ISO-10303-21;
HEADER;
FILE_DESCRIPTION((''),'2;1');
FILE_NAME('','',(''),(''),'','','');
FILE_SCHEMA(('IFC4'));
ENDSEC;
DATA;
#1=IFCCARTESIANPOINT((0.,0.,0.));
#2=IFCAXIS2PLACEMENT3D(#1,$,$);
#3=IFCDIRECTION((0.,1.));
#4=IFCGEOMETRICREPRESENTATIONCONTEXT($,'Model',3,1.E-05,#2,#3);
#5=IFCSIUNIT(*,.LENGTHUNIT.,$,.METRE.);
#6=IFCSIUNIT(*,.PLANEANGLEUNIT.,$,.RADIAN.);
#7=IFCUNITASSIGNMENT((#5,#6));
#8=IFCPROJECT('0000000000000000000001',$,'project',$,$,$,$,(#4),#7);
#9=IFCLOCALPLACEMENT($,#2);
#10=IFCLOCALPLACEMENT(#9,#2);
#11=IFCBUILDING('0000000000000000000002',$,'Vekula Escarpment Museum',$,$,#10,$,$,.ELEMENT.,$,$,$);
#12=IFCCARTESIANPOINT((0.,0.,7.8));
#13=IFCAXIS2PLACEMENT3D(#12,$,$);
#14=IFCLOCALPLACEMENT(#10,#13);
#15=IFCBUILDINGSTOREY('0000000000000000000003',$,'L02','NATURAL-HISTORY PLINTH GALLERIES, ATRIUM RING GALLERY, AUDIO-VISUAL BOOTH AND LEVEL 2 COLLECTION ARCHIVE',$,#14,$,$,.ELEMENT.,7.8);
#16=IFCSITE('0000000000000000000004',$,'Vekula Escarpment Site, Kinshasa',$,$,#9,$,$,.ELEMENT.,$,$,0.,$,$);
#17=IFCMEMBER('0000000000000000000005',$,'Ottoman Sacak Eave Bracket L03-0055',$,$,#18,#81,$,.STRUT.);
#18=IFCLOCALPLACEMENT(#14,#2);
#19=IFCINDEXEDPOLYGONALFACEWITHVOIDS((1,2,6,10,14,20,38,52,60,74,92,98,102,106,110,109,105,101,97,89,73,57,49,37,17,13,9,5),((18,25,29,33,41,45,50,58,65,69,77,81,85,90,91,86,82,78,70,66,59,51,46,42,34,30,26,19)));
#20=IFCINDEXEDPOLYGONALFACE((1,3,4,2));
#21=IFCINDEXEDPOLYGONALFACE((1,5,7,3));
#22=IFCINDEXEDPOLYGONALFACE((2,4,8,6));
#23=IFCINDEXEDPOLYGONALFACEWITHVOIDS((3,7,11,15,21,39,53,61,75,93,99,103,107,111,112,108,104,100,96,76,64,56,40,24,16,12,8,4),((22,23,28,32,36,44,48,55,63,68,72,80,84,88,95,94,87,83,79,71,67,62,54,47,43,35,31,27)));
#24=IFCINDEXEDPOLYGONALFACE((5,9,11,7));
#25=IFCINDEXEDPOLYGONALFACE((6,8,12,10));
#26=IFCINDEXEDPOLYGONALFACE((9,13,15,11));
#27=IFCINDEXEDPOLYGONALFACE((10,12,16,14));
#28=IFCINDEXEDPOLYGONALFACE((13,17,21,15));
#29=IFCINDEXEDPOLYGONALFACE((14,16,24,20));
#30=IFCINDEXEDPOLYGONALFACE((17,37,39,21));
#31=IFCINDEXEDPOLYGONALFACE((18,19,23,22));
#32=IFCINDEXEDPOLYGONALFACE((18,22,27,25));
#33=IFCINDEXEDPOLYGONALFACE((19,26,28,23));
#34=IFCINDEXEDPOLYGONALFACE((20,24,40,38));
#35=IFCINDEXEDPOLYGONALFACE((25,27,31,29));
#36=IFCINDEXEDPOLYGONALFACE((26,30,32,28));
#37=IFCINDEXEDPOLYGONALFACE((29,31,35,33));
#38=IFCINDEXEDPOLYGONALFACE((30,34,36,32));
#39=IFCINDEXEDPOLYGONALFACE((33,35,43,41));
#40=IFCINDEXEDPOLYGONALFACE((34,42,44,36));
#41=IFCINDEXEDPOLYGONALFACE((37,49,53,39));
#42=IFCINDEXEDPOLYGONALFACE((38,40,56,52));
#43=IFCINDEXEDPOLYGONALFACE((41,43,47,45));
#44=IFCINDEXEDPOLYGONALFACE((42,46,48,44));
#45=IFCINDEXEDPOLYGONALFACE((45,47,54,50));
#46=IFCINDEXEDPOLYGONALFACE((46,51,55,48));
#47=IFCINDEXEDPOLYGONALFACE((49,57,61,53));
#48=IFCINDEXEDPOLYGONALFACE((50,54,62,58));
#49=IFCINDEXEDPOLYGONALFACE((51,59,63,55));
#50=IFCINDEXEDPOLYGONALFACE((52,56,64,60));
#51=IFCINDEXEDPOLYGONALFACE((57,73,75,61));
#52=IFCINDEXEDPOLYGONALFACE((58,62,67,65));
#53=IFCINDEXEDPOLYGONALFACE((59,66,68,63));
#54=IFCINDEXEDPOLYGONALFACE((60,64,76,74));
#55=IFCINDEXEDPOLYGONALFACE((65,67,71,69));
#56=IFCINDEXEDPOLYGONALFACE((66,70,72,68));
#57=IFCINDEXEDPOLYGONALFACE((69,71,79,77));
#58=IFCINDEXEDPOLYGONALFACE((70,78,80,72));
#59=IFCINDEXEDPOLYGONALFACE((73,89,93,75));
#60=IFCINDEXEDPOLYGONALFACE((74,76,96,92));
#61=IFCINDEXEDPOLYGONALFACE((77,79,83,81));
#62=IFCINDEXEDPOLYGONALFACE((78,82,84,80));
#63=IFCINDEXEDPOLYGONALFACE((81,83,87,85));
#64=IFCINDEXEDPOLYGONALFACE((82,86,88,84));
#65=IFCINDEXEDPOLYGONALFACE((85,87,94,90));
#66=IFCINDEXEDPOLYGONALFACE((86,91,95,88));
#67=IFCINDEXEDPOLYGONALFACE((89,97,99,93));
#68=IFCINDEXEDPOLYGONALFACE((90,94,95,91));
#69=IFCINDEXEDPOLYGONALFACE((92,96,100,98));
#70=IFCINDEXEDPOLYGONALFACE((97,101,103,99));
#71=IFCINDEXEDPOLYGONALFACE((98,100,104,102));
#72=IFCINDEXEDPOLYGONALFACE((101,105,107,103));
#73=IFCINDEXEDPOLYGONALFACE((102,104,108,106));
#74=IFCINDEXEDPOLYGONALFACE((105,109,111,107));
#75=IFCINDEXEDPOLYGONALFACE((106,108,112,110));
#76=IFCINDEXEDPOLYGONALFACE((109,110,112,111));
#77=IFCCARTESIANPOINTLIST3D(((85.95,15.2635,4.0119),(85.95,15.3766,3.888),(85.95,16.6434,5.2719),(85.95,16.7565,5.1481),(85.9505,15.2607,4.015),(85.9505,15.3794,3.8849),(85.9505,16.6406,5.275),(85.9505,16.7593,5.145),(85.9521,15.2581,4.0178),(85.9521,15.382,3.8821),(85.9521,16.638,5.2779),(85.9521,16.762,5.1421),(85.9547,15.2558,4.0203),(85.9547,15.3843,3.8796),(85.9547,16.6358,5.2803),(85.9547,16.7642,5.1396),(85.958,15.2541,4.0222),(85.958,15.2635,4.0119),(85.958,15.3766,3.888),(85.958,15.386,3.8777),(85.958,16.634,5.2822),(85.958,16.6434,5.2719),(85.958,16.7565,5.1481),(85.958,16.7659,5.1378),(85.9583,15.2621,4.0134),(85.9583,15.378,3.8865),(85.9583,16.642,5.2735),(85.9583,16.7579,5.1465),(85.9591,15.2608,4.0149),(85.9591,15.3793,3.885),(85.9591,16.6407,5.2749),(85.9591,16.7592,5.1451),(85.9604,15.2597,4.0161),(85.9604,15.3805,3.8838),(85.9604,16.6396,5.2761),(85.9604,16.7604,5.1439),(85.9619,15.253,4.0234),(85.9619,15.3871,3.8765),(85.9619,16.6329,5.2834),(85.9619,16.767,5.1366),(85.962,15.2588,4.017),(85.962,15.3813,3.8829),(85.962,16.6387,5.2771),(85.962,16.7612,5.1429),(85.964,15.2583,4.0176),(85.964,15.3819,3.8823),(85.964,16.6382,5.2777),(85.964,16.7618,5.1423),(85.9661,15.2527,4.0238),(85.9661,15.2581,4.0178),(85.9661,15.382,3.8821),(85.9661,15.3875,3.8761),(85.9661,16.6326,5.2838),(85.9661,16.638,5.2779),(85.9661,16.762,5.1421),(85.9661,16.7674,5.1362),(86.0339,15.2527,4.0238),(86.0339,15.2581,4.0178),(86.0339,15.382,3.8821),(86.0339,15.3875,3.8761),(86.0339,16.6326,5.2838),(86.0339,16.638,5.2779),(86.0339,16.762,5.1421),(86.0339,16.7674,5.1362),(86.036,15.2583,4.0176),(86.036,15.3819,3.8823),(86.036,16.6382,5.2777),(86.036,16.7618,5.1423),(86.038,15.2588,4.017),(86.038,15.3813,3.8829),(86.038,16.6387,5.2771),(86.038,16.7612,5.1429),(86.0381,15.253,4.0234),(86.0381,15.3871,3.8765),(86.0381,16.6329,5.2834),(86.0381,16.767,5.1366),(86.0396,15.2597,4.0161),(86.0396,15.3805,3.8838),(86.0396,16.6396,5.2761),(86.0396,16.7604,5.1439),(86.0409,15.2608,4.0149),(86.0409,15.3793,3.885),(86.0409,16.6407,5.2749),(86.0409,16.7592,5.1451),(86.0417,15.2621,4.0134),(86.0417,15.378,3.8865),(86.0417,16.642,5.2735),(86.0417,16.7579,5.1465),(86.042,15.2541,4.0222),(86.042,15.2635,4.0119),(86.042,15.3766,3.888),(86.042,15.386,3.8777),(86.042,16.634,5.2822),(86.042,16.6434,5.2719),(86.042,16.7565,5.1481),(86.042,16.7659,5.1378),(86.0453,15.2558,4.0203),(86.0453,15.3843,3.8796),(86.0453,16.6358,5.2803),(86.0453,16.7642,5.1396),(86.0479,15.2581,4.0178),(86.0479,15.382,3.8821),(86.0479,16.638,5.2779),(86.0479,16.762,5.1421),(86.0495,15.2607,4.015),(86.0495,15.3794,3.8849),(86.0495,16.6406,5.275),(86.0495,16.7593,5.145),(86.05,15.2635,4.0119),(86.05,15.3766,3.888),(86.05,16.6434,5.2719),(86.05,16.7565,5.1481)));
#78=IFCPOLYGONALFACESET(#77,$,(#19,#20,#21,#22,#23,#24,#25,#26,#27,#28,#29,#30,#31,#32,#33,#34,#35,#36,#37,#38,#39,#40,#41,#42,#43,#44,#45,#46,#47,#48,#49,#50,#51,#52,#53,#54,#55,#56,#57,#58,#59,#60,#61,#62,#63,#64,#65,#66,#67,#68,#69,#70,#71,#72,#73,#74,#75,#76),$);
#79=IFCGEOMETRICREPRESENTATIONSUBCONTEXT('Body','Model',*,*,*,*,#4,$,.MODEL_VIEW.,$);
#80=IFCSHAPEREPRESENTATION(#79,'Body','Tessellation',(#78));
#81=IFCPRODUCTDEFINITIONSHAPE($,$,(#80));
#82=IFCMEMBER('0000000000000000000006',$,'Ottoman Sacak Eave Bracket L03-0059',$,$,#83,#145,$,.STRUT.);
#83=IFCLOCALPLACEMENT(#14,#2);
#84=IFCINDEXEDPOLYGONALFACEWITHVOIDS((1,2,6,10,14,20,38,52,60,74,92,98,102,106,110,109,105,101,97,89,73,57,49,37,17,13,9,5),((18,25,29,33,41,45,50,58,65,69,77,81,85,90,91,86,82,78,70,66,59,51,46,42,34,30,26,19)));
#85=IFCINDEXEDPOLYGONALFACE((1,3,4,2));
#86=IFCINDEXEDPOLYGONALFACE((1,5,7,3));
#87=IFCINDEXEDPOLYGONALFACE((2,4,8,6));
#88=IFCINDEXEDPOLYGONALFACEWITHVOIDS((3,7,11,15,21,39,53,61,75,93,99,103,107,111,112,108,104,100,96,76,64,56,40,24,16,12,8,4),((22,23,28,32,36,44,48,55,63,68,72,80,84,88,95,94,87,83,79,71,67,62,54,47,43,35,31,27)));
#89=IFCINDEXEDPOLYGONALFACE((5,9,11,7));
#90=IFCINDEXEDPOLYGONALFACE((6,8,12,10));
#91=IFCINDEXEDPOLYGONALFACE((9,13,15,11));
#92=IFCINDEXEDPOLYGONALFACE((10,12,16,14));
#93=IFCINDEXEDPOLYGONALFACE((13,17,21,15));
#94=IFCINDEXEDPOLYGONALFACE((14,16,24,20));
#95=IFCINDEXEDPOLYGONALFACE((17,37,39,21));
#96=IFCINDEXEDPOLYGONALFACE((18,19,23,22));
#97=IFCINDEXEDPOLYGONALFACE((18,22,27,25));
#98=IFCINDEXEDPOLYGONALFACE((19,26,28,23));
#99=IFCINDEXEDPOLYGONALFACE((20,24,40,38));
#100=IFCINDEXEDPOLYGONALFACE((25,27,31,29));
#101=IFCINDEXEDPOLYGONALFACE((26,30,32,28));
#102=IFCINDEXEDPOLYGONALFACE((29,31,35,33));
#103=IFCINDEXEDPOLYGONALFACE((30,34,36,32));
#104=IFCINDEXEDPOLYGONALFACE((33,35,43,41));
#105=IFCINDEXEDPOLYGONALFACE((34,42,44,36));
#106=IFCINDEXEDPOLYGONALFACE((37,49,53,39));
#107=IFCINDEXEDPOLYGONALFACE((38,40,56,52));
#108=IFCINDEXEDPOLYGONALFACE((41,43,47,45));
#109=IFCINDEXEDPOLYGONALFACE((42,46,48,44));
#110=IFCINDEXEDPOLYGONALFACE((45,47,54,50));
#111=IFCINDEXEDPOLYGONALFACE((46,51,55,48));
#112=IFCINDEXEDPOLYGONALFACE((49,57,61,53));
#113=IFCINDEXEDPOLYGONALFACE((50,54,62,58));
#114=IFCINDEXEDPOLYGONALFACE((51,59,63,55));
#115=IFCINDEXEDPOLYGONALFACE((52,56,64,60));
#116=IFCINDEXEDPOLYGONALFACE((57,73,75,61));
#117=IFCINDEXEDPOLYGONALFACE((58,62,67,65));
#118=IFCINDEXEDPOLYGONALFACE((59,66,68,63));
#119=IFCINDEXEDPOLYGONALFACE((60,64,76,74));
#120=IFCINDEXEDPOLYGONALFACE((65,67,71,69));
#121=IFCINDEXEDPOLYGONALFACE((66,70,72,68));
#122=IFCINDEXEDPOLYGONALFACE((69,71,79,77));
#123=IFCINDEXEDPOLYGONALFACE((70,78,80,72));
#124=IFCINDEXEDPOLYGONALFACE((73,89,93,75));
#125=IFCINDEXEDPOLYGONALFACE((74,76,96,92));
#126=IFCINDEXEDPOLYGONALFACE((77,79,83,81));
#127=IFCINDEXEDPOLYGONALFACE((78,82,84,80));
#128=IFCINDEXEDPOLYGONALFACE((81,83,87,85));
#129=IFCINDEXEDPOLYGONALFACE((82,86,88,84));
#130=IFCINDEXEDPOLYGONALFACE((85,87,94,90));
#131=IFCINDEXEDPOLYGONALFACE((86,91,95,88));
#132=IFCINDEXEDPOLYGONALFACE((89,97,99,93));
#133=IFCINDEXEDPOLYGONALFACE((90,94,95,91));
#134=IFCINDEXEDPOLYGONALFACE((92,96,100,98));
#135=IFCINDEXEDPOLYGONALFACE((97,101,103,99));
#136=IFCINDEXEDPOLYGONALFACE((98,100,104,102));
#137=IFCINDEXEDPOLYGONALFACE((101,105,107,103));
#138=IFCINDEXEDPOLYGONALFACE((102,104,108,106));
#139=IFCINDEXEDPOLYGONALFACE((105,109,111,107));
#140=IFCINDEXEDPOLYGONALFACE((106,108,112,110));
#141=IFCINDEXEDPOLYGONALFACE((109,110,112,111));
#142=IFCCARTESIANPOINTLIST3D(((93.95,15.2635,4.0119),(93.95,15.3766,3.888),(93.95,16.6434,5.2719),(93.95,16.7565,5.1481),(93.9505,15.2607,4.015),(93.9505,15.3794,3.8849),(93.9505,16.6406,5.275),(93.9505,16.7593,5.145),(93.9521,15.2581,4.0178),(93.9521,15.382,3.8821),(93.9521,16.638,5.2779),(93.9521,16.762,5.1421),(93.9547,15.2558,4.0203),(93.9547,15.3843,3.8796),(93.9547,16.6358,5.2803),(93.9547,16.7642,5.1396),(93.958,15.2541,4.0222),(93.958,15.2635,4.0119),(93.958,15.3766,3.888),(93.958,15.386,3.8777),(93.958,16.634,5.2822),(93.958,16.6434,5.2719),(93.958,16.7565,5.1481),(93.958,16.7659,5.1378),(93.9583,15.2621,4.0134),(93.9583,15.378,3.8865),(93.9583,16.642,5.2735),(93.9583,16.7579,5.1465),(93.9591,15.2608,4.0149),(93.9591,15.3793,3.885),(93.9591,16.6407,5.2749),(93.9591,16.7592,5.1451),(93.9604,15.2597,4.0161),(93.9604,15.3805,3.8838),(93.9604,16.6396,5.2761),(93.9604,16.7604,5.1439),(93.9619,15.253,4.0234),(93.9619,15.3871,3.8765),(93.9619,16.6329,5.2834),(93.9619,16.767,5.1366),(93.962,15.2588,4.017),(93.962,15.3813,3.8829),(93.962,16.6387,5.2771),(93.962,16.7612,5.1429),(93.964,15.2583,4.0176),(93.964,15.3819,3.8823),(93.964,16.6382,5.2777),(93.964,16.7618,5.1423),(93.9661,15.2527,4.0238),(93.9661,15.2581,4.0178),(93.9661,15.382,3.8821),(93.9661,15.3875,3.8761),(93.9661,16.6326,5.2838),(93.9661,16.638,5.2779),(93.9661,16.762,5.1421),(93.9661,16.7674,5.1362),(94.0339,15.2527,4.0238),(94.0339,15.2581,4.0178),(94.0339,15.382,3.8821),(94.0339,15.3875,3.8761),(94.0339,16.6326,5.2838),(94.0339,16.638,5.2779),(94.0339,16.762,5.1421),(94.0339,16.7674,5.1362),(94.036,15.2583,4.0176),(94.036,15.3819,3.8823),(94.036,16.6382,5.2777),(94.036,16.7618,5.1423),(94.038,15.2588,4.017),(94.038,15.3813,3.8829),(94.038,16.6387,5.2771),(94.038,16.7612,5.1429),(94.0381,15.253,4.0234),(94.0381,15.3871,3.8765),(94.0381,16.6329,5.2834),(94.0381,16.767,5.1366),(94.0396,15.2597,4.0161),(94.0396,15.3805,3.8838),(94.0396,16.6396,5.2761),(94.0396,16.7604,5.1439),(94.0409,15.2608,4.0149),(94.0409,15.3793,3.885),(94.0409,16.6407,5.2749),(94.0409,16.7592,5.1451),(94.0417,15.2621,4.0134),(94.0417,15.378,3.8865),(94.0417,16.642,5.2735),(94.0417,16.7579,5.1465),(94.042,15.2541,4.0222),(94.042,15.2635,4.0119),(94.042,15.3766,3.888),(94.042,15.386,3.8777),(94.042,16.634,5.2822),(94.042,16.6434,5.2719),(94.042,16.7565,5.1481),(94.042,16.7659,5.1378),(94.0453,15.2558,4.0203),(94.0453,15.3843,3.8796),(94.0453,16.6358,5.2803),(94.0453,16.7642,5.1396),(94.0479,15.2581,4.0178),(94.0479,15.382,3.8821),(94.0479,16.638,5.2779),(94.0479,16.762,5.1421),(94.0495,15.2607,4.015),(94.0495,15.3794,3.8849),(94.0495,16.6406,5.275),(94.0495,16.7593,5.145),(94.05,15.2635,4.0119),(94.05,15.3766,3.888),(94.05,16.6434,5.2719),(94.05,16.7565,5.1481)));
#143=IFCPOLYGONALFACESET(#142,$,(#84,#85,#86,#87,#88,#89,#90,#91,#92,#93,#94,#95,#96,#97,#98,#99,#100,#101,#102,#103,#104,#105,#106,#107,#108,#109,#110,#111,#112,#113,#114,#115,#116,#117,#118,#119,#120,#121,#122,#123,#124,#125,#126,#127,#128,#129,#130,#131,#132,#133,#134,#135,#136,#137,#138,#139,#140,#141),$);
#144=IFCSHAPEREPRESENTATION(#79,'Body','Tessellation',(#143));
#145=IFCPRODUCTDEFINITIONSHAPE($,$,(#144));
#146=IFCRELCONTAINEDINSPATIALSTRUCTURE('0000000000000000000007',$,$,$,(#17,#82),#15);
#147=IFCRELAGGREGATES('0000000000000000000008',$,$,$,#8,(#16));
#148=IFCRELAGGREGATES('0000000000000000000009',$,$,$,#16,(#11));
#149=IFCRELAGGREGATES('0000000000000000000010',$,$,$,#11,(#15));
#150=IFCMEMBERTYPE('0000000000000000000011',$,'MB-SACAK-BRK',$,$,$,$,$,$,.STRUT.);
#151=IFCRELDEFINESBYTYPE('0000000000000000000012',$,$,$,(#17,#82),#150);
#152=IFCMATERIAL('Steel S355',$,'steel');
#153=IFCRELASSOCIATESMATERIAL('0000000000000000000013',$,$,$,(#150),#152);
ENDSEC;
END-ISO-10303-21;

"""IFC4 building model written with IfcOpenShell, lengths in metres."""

from ifc_helpers import new_model, si_unit, direction, frame, origin, origin_2d, place, context, subcontext, project, spatial, hollow_rectangle, extrude, material, material_profile, profile_set, type_object, element, save


model = new_model("IFC4")

# Units and contexts
model_context = context("Model", 3, precision=1e-05, world=origin(), true_north=direction((0.0, 1.0)))
body_context = subcontext(model_context, "Body", "Model", "MODEL_VIEW")
ifc_project = project(units=[si_unit("LENGTHUNIT", "METRE"), si_unit("PLANEANGLEUNIT", "RADIAN")], contexts=[model_context])

# Site, building, storey
site_placement = place(None, origin())
site = spatial("IfcSite", under=ifc_project, at=site_placement, Name="Vekula Escarpment Site, Kinshasa", CompositionType="ELEMENT", RefElevation=0.0)
building_placement = place(site_placement, origin())
building = spatial("IfcBuilding", under=site, at=building_placement, Name="Vekula Escarpment Museum", CompositionType="ELEMENT")
storey_placement = place(building_placement, frame((0.0, 0.0, 7.8)))
storey = spatial("IfcBuildingStorey", under=building, at=storey_placement, Name="L02", Description="NATURAL-HISTORY PLINTH GALLERIES, ATRIUM RING GALLERY, AUDIO-VISUAL BOOTH AND LEVEL 2 COLLECTION ARCHIVE", CompositionType="ELEMENT", Elevation=7.8)

# Members
ifc_material_1 = material(Name="Steel S355", Category="steel")
ifc_material_profile_1 = material_profile(ifc_material_1, hollow_rectangle(XDim=0.1001, YDim=0.2, WallThickness=0.0081, InnerFilletRadius=0.0081, OuterFilletRadius=0.0161, at=origin_2d()), Name="RHS 200x100x8")
ifc_profile_set_1 = profile_set([ifc_material_profile_1], Name="Steel S355")
member_type_1 = type_object("IfcMemberType", Name="MB-SACAK-BRK", PredefinedType="STRUT", material=ifc_profile_set_1)
for number, where, z_axis, x_axis, name in (
    (1, (86.0, 15.3201, 3.95), (0.0, 0.738454, 0.674303), (-1.0, 0.0, 0.0), "Ottoman Sacak Eave Bracket L03-0055"),
    (2, (94.0, 15.3201, 3.95), (0.0, 0.738454, 0.674303), (-1.0, 0.0, 0.0), "Ottoman Sacak Eave Bracket L03-0059"),
):
    element("IfcMember", number, at=place(storey_placement, frame(where, z_axis=z_axis, x_axis=x_axis)), inside=storey, type_object=member_type_1, Name=name, PredefinedType="STRUT", context=body_context, shape_type="SweptSolid", body=[
        extrude(hollow_rectangle(XDim=0.1001, YDim=0.2, WallThickness=0.0081, InnerFilletRadius=0.0081, OuterFilletRadius=0.0161, at=origin_2d()), origin(), (0.0, 0.0, 1.0), 1.8687),
    ])

save(model, "model.ifc")
